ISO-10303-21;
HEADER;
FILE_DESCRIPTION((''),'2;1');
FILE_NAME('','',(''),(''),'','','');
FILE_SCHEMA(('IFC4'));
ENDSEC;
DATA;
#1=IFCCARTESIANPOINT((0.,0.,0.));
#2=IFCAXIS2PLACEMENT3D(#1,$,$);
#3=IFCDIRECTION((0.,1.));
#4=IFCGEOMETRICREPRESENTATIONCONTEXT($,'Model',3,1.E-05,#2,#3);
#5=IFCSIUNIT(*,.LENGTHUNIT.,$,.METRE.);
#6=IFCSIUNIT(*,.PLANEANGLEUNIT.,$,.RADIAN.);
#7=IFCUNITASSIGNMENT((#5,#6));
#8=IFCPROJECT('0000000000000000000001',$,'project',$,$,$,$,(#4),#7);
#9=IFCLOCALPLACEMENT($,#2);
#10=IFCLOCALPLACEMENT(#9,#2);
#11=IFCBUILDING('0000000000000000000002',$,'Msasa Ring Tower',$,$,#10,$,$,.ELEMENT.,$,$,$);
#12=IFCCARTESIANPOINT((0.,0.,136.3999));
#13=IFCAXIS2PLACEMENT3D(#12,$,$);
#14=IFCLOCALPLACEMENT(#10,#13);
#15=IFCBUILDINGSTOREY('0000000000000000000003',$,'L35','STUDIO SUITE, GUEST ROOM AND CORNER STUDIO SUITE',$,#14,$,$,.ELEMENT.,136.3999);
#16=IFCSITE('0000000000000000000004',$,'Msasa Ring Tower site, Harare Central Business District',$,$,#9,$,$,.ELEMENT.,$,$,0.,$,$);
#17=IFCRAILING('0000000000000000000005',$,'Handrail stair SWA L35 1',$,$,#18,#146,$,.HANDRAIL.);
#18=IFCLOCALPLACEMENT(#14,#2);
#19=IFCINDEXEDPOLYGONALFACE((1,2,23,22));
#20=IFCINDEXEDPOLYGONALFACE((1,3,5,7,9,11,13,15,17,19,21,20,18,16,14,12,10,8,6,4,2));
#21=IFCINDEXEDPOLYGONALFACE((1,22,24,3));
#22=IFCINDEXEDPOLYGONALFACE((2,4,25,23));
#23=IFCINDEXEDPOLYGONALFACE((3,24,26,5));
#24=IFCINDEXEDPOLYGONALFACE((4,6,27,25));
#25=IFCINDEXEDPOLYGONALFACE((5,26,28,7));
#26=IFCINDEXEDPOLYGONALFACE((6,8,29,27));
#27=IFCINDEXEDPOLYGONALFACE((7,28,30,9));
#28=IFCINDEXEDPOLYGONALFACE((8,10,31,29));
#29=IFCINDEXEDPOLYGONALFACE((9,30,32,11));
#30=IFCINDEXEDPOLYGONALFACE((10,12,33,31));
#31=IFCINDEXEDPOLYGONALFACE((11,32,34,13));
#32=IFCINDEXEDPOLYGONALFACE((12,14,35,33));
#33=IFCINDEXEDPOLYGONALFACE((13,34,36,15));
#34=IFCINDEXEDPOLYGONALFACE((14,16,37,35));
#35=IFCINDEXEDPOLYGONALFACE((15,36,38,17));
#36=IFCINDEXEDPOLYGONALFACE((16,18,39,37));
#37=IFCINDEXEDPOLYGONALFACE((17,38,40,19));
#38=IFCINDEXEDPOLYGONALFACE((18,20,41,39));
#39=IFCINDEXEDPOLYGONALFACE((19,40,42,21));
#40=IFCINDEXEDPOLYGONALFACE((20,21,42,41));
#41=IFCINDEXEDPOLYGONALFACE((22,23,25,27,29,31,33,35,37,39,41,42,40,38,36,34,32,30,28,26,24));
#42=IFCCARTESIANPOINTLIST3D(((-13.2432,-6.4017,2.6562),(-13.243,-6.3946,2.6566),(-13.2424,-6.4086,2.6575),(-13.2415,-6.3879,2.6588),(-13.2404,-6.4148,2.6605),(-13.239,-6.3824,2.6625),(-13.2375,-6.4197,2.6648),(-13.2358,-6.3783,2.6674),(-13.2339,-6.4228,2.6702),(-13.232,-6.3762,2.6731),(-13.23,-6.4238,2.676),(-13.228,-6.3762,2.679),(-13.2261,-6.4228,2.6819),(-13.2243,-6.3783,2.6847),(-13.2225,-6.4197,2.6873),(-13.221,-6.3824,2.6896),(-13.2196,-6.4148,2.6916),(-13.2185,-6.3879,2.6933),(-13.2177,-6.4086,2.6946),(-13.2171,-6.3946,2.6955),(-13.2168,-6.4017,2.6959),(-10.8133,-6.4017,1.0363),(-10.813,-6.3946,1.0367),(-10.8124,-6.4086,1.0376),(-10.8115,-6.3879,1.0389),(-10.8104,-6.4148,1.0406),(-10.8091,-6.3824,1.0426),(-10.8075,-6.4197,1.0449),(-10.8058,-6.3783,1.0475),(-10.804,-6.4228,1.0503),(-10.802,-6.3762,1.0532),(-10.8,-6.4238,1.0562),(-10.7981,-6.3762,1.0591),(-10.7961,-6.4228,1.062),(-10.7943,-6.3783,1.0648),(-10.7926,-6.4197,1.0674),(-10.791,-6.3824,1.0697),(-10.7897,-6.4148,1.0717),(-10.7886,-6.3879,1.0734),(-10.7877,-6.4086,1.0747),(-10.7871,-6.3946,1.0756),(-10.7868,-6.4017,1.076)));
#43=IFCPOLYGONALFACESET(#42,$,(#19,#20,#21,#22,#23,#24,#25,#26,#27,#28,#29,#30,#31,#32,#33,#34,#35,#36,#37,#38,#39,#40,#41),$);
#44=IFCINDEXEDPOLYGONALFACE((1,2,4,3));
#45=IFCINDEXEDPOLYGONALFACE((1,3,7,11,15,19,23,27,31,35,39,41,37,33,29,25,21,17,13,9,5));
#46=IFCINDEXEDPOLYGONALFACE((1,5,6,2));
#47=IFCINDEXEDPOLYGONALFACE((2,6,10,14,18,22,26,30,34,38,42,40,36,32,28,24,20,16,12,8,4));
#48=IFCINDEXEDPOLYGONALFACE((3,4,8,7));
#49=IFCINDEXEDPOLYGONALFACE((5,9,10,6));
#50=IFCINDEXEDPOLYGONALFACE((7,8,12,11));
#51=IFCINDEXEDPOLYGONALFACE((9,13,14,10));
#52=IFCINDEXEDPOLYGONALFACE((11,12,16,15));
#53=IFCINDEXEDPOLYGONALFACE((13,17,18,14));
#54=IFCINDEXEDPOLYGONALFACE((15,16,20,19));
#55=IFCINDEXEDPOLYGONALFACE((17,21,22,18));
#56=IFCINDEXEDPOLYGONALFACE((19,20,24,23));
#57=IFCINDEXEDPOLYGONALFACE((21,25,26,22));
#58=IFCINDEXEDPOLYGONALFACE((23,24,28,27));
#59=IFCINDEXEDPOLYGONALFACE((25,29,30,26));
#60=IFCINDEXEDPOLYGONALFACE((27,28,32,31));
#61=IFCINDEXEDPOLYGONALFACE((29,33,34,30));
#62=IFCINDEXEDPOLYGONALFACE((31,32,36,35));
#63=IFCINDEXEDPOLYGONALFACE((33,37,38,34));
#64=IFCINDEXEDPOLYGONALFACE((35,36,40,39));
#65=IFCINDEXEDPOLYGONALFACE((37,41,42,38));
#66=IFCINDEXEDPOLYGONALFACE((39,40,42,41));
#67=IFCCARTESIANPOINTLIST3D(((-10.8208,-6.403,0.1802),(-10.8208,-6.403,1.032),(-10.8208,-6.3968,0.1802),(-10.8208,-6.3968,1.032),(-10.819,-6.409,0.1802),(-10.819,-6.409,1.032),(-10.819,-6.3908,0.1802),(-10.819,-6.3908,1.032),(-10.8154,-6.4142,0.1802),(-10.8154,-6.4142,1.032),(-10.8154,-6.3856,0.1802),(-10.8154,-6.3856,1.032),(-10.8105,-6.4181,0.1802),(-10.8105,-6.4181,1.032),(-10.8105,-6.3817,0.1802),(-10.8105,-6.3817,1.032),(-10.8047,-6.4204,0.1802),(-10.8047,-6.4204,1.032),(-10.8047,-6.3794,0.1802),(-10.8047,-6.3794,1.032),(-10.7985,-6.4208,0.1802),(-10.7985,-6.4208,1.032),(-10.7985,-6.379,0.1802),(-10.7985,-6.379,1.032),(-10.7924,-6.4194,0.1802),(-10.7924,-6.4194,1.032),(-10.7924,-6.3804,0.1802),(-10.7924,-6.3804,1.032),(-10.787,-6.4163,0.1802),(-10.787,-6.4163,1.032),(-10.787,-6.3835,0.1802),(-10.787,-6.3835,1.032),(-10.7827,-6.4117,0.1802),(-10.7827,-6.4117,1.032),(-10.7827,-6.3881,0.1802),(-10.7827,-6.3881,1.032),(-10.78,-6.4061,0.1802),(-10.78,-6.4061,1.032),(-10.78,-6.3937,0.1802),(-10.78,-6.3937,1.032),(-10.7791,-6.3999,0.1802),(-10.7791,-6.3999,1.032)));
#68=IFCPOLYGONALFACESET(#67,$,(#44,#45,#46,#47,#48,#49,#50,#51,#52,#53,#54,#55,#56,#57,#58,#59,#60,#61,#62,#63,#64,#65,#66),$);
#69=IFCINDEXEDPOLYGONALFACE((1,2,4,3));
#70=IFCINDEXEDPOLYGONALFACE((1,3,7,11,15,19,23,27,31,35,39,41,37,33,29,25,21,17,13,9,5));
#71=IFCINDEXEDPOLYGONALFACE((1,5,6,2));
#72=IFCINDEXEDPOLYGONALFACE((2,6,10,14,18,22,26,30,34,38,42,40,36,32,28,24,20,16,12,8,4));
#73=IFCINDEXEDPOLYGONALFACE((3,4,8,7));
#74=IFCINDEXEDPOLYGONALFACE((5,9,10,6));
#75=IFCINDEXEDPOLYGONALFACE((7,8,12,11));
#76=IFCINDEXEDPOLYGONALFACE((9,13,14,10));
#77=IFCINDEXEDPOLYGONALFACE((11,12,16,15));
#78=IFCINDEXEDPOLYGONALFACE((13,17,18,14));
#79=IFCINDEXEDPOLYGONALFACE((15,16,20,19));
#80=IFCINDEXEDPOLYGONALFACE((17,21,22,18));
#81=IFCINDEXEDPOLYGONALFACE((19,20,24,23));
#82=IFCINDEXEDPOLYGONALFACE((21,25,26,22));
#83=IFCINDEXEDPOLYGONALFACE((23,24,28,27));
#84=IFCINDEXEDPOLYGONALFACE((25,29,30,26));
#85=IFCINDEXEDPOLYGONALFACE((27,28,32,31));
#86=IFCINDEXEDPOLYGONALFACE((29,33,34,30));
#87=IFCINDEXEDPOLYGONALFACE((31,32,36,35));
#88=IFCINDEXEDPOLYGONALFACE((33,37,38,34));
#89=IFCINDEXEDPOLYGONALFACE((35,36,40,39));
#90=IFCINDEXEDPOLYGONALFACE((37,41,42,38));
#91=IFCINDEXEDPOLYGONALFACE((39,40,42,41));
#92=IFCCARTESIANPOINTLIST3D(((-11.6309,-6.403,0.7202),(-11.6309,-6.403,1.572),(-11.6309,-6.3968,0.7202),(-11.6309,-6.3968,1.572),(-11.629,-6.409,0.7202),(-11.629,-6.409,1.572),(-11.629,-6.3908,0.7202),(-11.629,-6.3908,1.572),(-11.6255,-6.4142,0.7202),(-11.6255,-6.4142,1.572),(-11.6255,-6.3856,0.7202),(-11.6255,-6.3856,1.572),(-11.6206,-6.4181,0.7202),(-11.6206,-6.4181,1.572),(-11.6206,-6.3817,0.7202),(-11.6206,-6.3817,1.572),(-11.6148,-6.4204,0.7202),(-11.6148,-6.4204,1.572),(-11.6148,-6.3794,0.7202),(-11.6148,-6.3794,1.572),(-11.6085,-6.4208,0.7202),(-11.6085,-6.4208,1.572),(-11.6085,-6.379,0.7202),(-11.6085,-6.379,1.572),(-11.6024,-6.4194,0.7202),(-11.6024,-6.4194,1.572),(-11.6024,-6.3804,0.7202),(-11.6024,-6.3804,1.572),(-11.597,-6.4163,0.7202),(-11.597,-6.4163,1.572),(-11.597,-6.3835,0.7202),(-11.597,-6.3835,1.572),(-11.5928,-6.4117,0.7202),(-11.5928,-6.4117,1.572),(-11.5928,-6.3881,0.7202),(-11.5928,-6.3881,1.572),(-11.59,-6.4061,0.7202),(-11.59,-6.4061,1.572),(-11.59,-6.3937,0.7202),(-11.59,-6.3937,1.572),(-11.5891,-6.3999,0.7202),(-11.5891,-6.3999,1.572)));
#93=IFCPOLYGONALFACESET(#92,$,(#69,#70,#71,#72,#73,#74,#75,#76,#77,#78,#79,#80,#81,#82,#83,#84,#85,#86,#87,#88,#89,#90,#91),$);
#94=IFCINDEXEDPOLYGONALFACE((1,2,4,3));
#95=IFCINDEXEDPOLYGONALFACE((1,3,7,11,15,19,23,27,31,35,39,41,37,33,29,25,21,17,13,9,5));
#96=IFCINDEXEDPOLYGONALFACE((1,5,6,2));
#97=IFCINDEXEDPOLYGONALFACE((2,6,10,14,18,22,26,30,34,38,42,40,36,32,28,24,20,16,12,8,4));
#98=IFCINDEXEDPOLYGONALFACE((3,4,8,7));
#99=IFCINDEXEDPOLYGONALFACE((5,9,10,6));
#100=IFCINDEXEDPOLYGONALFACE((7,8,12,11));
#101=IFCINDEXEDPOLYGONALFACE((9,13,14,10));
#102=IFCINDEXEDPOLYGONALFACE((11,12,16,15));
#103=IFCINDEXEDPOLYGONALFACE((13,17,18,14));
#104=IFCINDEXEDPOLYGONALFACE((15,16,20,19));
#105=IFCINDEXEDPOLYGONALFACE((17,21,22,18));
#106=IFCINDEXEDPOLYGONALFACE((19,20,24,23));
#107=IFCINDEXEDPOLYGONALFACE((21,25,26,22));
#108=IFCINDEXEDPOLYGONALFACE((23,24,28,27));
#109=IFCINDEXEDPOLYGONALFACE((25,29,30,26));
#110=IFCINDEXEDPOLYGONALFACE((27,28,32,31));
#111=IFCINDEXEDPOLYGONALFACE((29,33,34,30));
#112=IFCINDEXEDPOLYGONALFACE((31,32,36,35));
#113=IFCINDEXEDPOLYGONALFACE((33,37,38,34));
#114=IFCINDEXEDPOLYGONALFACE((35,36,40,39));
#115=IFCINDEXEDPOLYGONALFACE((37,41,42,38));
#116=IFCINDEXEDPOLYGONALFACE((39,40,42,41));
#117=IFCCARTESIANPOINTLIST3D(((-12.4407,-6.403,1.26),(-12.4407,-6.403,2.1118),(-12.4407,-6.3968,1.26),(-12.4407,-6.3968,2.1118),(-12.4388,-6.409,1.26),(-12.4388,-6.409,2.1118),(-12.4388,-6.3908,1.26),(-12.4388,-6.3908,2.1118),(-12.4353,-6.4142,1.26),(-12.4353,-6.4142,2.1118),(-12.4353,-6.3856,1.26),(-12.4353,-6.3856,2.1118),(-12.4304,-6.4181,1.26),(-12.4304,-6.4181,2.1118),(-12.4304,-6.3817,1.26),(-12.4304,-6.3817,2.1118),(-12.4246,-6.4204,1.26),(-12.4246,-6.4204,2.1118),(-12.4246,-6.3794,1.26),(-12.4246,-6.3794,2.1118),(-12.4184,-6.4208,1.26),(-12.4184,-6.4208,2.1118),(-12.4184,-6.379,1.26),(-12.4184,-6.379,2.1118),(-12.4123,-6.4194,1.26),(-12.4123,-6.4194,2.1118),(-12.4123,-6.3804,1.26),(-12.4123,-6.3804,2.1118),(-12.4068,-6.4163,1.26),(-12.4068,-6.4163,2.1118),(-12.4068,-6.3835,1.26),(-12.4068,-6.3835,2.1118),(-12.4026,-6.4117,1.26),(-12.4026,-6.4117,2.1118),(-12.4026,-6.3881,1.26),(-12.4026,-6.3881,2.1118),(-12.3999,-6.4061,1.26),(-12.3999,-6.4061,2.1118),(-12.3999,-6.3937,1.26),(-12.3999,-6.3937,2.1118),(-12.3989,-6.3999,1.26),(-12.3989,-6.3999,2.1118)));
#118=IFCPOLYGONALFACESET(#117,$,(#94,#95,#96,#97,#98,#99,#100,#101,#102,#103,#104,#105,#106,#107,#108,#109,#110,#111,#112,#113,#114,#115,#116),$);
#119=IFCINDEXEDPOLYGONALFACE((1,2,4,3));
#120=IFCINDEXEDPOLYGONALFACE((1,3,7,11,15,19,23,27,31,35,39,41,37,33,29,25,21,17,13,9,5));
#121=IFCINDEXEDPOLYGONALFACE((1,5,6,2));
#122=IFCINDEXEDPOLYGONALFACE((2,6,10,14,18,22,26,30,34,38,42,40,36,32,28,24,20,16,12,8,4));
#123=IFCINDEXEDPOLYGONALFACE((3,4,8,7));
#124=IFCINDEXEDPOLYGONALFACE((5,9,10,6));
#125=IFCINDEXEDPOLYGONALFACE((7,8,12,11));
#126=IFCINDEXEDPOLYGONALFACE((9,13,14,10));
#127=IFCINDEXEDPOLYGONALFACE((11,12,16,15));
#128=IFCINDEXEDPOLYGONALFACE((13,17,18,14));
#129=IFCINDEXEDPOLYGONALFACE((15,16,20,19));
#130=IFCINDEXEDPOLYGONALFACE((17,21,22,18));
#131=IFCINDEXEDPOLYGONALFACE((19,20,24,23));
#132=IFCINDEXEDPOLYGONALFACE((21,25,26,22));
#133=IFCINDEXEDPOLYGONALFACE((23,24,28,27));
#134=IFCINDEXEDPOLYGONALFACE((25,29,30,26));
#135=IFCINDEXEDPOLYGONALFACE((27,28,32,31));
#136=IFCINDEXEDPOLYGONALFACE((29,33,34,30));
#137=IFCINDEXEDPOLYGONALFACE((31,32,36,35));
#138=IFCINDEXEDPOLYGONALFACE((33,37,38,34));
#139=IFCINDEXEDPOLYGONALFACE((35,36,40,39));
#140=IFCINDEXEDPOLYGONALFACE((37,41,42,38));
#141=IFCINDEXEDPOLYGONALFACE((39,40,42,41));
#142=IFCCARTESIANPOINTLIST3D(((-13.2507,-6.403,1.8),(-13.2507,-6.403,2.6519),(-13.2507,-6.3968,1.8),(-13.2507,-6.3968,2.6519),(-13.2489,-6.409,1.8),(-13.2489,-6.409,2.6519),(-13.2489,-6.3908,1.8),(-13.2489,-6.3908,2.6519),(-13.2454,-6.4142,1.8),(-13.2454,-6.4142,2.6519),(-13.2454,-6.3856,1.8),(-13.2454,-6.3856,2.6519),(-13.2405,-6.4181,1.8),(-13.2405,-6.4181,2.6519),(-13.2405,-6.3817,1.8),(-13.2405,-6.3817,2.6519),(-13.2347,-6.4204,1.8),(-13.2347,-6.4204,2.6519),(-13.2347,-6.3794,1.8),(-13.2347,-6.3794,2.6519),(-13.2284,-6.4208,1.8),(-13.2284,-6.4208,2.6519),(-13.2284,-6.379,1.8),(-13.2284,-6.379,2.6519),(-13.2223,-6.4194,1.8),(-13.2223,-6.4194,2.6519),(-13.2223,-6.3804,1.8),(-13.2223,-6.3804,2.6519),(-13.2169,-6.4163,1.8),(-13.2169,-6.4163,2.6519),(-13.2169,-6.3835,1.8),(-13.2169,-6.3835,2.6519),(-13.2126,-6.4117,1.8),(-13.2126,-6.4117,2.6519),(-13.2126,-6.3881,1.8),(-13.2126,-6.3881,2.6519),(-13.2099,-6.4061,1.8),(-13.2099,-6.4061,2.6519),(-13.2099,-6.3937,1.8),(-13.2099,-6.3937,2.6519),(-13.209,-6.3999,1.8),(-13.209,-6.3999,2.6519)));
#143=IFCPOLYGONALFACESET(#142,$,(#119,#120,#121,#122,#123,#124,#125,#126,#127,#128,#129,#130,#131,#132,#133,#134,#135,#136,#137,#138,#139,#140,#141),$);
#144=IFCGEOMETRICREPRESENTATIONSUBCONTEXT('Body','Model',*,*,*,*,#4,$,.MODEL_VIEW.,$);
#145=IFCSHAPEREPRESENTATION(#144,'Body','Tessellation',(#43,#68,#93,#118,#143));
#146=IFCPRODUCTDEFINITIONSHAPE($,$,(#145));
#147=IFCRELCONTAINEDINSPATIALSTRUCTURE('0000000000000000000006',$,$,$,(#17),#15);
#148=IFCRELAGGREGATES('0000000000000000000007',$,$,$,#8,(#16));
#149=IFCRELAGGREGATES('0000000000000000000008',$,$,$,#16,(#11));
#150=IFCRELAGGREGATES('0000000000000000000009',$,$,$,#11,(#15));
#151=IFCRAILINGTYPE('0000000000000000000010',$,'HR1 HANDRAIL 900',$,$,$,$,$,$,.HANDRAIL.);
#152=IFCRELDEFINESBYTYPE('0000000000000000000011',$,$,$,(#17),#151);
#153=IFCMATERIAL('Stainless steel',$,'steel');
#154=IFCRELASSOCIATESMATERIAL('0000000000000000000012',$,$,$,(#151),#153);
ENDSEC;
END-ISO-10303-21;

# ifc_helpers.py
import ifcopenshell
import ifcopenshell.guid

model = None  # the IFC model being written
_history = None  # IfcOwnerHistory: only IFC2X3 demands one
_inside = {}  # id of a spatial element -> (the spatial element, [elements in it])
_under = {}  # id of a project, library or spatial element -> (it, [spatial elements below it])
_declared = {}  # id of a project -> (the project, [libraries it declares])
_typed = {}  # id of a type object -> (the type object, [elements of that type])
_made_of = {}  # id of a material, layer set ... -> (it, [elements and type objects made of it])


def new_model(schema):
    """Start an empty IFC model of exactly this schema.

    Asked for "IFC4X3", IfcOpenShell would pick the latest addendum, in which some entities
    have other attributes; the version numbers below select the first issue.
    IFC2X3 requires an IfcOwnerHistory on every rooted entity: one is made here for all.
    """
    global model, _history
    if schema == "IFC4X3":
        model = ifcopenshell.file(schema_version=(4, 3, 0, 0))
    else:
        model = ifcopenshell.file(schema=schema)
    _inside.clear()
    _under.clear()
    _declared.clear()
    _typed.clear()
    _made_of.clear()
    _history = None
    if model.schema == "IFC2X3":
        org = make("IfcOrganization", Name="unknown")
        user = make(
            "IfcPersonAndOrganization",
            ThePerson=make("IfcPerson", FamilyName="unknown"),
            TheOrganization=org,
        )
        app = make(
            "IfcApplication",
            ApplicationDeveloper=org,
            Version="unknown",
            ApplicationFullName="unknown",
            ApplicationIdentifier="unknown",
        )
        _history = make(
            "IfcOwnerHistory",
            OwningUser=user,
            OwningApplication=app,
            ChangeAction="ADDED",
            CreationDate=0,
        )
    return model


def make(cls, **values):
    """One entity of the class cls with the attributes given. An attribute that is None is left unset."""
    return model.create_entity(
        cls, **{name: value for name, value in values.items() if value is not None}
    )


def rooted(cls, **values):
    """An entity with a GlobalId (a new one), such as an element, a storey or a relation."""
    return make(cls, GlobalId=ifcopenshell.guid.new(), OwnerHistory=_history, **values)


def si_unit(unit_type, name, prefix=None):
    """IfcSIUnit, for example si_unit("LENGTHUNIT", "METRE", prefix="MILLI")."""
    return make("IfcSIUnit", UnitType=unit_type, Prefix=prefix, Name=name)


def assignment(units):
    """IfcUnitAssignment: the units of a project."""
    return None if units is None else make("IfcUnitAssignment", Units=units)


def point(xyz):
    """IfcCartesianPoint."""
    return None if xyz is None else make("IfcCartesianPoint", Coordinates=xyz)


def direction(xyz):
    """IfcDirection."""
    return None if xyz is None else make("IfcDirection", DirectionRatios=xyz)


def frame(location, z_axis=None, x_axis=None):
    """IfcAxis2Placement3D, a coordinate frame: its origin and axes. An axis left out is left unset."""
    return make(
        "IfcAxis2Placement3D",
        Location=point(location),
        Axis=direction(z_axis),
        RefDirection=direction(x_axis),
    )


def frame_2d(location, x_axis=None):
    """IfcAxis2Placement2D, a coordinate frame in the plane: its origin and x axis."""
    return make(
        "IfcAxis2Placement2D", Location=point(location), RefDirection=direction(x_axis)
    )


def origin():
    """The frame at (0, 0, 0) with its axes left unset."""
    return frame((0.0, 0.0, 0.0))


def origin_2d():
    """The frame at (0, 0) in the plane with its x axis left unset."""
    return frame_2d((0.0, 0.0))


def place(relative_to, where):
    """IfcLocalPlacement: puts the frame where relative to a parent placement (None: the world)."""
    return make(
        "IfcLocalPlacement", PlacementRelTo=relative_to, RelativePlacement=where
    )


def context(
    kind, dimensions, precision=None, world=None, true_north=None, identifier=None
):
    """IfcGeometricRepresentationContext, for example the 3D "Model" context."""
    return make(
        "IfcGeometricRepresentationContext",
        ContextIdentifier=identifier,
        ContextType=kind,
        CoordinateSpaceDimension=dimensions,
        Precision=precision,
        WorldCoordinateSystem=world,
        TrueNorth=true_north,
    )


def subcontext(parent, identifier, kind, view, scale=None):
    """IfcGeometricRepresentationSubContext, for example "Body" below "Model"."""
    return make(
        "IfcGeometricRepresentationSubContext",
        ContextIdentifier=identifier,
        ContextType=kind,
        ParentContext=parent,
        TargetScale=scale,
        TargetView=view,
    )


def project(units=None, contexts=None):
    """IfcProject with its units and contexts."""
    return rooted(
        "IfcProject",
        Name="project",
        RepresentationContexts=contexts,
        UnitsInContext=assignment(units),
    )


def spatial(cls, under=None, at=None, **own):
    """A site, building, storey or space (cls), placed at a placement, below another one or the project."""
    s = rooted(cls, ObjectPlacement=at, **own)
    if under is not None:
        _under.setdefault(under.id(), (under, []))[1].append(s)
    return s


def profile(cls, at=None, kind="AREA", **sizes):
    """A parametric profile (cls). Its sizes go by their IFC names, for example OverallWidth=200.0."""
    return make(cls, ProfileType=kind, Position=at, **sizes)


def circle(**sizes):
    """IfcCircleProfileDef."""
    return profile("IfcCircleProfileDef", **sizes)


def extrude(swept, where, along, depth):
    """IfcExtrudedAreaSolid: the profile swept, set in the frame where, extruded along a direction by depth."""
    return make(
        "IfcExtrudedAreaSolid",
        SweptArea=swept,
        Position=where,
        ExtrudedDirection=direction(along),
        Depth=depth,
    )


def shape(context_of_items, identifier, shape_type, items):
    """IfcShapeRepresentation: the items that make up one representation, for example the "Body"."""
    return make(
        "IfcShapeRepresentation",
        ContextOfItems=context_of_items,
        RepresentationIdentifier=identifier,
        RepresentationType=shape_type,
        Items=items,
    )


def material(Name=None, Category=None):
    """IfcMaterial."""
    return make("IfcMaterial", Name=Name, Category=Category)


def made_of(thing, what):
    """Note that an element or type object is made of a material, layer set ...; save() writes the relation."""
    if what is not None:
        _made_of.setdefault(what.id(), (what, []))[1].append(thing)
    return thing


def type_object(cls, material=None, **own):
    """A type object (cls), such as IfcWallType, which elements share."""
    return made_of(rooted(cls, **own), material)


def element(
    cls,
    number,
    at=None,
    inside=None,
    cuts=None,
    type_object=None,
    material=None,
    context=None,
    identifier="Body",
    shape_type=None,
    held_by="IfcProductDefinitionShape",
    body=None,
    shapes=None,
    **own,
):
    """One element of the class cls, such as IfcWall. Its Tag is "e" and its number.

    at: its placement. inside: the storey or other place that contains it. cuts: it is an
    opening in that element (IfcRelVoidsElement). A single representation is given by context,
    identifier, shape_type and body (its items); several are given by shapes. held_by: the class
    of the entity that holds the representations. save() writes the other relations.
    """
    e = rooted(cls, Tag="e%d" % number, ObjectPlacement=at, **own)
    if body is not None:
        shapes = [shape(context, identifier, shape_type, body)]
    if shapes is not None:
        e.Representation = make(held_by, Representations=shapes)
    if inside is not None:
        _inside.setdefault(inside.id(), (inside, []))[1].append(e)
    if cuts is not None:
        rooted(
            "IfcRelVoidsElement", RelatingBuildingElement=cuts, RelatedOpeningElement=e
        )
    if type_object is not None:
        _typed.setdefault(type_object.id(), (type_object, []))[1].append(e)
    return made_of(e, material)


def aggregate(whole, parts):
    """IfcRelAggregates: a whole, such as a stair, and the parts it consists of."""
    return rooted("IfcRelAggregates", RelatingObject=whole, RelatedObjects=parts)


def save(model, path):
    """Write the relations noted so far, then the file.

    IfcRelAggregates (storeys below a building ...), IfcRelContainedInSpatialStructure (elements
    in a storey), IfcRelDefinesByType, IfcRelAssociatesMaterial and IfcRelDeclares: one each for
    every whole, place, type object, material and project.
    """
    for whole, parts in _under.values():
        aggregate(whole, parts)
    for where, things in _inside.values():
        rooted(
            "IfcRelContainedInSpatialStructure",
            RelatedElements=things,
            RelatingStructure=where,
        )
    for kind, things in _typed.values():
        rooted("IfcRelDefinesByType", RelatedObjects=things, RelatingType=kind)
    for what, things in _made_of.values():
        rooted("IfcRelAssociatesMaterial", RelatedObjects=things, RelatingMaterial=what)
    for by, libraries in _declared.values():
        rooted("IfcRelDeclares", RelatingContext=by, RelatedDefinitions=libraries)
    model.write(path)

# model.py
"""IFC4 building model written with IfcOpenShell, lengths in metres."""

from ifc_helpers import new_model, si_unit, direction, frame, origin, origin_2d, place, context, subcontext, project, spatial, circle, extrude, material, type_object, element, save


model = new_model("IFC4")

# Units and contexts
model_context = context("Model", 3, precision=1e-05, world=origin(), true_north=direction((0.0, 1.0)))
body_context = subcontext(model_context, "Body", "Model", "MODEL_VIEW")
ifc_project = project(units=[si_unit("LENGTHUNIT", "METRE"), si_unit("PLANEANGLEUNIT", "RADIAN")], contexts=[model_context])

# Site, building, storey
site_placement = place(None, origin())
site = spatial("IfcSite", under=ifc_project, at=site_placement, Name="Msasa Ring Tower site, Harare Central Business District", CompositionType="ELEMENT", RefElevation=0.0)
building_placement = place(site_placement, origin())
building = spatial("IfcBuilding", under=site, at=building_placement, Name="Msasa Ring Tower", CompositionType="ELEMENT")
storey_placement = place(building_placement, frame((0.0, 0.0, 136.3999)))
storey = spatial("IfcBuildingStorey", under=building, at=storey_placement, Name="L35", Description="STUDIO SUITE, GUEST ROOM AND CORNER STUDIO SUITE", CompositionType="ELEMENT", Elevation=136.3999)

# Railing
ifc_material_1 = material(Name="Stainless steel", Category="steel")
railing_type = type_object("IfcRailingType", Name="HR1 HANDRAIL 900", PredefinedType="HANDRAIL", material=ifc_material_1)
for number, where, name in (
    (1, (-10.8, -6.3999, 0.1802), "Handrail stair SWA L35 1"),
):
    element("IfcRailing", number, at=place(storey_placement, frame(where)), inside=storey, type_object=railing_type, Name=name, PredefinedType="HANDRAIL", context=body_context, shape_type="SweptSolid", body=[
        extrude(circle(Radius=0.0239, at=origin_2d()), frame((0.0, 0.0, 0.876), z_axis=(-0.832063, 0.0, 0.554681), x_axis=(0.0, -1.0, 0.0)), (0.0, 0.0, 1.0), 2.9204),
        extrude(circle(Radius=0.021, at=origin_2d()), origin(), (0.0, 0.0, 1.0), 0.8518),
        extrude(circle(Radius=0.021, at=origin_2d()), frame((-0.8101, 0.0, 0.54)), (0.0, 0.0, 1.0), 0.8518),
        extrude(circle(Radius=0.021, at=origin_2d()), frame((-1.6199, 0.0, 1.0798)), (0.0, 0.0, 1.0), 0.8518),
        extrude(circle(Radius=0.021, at=origin_2d()), frame((-2.4299, 0.0, 1.6199)), (0.0, 0.0, 1.0), 0.8518),
    ])

save(model, "model.ifc")
